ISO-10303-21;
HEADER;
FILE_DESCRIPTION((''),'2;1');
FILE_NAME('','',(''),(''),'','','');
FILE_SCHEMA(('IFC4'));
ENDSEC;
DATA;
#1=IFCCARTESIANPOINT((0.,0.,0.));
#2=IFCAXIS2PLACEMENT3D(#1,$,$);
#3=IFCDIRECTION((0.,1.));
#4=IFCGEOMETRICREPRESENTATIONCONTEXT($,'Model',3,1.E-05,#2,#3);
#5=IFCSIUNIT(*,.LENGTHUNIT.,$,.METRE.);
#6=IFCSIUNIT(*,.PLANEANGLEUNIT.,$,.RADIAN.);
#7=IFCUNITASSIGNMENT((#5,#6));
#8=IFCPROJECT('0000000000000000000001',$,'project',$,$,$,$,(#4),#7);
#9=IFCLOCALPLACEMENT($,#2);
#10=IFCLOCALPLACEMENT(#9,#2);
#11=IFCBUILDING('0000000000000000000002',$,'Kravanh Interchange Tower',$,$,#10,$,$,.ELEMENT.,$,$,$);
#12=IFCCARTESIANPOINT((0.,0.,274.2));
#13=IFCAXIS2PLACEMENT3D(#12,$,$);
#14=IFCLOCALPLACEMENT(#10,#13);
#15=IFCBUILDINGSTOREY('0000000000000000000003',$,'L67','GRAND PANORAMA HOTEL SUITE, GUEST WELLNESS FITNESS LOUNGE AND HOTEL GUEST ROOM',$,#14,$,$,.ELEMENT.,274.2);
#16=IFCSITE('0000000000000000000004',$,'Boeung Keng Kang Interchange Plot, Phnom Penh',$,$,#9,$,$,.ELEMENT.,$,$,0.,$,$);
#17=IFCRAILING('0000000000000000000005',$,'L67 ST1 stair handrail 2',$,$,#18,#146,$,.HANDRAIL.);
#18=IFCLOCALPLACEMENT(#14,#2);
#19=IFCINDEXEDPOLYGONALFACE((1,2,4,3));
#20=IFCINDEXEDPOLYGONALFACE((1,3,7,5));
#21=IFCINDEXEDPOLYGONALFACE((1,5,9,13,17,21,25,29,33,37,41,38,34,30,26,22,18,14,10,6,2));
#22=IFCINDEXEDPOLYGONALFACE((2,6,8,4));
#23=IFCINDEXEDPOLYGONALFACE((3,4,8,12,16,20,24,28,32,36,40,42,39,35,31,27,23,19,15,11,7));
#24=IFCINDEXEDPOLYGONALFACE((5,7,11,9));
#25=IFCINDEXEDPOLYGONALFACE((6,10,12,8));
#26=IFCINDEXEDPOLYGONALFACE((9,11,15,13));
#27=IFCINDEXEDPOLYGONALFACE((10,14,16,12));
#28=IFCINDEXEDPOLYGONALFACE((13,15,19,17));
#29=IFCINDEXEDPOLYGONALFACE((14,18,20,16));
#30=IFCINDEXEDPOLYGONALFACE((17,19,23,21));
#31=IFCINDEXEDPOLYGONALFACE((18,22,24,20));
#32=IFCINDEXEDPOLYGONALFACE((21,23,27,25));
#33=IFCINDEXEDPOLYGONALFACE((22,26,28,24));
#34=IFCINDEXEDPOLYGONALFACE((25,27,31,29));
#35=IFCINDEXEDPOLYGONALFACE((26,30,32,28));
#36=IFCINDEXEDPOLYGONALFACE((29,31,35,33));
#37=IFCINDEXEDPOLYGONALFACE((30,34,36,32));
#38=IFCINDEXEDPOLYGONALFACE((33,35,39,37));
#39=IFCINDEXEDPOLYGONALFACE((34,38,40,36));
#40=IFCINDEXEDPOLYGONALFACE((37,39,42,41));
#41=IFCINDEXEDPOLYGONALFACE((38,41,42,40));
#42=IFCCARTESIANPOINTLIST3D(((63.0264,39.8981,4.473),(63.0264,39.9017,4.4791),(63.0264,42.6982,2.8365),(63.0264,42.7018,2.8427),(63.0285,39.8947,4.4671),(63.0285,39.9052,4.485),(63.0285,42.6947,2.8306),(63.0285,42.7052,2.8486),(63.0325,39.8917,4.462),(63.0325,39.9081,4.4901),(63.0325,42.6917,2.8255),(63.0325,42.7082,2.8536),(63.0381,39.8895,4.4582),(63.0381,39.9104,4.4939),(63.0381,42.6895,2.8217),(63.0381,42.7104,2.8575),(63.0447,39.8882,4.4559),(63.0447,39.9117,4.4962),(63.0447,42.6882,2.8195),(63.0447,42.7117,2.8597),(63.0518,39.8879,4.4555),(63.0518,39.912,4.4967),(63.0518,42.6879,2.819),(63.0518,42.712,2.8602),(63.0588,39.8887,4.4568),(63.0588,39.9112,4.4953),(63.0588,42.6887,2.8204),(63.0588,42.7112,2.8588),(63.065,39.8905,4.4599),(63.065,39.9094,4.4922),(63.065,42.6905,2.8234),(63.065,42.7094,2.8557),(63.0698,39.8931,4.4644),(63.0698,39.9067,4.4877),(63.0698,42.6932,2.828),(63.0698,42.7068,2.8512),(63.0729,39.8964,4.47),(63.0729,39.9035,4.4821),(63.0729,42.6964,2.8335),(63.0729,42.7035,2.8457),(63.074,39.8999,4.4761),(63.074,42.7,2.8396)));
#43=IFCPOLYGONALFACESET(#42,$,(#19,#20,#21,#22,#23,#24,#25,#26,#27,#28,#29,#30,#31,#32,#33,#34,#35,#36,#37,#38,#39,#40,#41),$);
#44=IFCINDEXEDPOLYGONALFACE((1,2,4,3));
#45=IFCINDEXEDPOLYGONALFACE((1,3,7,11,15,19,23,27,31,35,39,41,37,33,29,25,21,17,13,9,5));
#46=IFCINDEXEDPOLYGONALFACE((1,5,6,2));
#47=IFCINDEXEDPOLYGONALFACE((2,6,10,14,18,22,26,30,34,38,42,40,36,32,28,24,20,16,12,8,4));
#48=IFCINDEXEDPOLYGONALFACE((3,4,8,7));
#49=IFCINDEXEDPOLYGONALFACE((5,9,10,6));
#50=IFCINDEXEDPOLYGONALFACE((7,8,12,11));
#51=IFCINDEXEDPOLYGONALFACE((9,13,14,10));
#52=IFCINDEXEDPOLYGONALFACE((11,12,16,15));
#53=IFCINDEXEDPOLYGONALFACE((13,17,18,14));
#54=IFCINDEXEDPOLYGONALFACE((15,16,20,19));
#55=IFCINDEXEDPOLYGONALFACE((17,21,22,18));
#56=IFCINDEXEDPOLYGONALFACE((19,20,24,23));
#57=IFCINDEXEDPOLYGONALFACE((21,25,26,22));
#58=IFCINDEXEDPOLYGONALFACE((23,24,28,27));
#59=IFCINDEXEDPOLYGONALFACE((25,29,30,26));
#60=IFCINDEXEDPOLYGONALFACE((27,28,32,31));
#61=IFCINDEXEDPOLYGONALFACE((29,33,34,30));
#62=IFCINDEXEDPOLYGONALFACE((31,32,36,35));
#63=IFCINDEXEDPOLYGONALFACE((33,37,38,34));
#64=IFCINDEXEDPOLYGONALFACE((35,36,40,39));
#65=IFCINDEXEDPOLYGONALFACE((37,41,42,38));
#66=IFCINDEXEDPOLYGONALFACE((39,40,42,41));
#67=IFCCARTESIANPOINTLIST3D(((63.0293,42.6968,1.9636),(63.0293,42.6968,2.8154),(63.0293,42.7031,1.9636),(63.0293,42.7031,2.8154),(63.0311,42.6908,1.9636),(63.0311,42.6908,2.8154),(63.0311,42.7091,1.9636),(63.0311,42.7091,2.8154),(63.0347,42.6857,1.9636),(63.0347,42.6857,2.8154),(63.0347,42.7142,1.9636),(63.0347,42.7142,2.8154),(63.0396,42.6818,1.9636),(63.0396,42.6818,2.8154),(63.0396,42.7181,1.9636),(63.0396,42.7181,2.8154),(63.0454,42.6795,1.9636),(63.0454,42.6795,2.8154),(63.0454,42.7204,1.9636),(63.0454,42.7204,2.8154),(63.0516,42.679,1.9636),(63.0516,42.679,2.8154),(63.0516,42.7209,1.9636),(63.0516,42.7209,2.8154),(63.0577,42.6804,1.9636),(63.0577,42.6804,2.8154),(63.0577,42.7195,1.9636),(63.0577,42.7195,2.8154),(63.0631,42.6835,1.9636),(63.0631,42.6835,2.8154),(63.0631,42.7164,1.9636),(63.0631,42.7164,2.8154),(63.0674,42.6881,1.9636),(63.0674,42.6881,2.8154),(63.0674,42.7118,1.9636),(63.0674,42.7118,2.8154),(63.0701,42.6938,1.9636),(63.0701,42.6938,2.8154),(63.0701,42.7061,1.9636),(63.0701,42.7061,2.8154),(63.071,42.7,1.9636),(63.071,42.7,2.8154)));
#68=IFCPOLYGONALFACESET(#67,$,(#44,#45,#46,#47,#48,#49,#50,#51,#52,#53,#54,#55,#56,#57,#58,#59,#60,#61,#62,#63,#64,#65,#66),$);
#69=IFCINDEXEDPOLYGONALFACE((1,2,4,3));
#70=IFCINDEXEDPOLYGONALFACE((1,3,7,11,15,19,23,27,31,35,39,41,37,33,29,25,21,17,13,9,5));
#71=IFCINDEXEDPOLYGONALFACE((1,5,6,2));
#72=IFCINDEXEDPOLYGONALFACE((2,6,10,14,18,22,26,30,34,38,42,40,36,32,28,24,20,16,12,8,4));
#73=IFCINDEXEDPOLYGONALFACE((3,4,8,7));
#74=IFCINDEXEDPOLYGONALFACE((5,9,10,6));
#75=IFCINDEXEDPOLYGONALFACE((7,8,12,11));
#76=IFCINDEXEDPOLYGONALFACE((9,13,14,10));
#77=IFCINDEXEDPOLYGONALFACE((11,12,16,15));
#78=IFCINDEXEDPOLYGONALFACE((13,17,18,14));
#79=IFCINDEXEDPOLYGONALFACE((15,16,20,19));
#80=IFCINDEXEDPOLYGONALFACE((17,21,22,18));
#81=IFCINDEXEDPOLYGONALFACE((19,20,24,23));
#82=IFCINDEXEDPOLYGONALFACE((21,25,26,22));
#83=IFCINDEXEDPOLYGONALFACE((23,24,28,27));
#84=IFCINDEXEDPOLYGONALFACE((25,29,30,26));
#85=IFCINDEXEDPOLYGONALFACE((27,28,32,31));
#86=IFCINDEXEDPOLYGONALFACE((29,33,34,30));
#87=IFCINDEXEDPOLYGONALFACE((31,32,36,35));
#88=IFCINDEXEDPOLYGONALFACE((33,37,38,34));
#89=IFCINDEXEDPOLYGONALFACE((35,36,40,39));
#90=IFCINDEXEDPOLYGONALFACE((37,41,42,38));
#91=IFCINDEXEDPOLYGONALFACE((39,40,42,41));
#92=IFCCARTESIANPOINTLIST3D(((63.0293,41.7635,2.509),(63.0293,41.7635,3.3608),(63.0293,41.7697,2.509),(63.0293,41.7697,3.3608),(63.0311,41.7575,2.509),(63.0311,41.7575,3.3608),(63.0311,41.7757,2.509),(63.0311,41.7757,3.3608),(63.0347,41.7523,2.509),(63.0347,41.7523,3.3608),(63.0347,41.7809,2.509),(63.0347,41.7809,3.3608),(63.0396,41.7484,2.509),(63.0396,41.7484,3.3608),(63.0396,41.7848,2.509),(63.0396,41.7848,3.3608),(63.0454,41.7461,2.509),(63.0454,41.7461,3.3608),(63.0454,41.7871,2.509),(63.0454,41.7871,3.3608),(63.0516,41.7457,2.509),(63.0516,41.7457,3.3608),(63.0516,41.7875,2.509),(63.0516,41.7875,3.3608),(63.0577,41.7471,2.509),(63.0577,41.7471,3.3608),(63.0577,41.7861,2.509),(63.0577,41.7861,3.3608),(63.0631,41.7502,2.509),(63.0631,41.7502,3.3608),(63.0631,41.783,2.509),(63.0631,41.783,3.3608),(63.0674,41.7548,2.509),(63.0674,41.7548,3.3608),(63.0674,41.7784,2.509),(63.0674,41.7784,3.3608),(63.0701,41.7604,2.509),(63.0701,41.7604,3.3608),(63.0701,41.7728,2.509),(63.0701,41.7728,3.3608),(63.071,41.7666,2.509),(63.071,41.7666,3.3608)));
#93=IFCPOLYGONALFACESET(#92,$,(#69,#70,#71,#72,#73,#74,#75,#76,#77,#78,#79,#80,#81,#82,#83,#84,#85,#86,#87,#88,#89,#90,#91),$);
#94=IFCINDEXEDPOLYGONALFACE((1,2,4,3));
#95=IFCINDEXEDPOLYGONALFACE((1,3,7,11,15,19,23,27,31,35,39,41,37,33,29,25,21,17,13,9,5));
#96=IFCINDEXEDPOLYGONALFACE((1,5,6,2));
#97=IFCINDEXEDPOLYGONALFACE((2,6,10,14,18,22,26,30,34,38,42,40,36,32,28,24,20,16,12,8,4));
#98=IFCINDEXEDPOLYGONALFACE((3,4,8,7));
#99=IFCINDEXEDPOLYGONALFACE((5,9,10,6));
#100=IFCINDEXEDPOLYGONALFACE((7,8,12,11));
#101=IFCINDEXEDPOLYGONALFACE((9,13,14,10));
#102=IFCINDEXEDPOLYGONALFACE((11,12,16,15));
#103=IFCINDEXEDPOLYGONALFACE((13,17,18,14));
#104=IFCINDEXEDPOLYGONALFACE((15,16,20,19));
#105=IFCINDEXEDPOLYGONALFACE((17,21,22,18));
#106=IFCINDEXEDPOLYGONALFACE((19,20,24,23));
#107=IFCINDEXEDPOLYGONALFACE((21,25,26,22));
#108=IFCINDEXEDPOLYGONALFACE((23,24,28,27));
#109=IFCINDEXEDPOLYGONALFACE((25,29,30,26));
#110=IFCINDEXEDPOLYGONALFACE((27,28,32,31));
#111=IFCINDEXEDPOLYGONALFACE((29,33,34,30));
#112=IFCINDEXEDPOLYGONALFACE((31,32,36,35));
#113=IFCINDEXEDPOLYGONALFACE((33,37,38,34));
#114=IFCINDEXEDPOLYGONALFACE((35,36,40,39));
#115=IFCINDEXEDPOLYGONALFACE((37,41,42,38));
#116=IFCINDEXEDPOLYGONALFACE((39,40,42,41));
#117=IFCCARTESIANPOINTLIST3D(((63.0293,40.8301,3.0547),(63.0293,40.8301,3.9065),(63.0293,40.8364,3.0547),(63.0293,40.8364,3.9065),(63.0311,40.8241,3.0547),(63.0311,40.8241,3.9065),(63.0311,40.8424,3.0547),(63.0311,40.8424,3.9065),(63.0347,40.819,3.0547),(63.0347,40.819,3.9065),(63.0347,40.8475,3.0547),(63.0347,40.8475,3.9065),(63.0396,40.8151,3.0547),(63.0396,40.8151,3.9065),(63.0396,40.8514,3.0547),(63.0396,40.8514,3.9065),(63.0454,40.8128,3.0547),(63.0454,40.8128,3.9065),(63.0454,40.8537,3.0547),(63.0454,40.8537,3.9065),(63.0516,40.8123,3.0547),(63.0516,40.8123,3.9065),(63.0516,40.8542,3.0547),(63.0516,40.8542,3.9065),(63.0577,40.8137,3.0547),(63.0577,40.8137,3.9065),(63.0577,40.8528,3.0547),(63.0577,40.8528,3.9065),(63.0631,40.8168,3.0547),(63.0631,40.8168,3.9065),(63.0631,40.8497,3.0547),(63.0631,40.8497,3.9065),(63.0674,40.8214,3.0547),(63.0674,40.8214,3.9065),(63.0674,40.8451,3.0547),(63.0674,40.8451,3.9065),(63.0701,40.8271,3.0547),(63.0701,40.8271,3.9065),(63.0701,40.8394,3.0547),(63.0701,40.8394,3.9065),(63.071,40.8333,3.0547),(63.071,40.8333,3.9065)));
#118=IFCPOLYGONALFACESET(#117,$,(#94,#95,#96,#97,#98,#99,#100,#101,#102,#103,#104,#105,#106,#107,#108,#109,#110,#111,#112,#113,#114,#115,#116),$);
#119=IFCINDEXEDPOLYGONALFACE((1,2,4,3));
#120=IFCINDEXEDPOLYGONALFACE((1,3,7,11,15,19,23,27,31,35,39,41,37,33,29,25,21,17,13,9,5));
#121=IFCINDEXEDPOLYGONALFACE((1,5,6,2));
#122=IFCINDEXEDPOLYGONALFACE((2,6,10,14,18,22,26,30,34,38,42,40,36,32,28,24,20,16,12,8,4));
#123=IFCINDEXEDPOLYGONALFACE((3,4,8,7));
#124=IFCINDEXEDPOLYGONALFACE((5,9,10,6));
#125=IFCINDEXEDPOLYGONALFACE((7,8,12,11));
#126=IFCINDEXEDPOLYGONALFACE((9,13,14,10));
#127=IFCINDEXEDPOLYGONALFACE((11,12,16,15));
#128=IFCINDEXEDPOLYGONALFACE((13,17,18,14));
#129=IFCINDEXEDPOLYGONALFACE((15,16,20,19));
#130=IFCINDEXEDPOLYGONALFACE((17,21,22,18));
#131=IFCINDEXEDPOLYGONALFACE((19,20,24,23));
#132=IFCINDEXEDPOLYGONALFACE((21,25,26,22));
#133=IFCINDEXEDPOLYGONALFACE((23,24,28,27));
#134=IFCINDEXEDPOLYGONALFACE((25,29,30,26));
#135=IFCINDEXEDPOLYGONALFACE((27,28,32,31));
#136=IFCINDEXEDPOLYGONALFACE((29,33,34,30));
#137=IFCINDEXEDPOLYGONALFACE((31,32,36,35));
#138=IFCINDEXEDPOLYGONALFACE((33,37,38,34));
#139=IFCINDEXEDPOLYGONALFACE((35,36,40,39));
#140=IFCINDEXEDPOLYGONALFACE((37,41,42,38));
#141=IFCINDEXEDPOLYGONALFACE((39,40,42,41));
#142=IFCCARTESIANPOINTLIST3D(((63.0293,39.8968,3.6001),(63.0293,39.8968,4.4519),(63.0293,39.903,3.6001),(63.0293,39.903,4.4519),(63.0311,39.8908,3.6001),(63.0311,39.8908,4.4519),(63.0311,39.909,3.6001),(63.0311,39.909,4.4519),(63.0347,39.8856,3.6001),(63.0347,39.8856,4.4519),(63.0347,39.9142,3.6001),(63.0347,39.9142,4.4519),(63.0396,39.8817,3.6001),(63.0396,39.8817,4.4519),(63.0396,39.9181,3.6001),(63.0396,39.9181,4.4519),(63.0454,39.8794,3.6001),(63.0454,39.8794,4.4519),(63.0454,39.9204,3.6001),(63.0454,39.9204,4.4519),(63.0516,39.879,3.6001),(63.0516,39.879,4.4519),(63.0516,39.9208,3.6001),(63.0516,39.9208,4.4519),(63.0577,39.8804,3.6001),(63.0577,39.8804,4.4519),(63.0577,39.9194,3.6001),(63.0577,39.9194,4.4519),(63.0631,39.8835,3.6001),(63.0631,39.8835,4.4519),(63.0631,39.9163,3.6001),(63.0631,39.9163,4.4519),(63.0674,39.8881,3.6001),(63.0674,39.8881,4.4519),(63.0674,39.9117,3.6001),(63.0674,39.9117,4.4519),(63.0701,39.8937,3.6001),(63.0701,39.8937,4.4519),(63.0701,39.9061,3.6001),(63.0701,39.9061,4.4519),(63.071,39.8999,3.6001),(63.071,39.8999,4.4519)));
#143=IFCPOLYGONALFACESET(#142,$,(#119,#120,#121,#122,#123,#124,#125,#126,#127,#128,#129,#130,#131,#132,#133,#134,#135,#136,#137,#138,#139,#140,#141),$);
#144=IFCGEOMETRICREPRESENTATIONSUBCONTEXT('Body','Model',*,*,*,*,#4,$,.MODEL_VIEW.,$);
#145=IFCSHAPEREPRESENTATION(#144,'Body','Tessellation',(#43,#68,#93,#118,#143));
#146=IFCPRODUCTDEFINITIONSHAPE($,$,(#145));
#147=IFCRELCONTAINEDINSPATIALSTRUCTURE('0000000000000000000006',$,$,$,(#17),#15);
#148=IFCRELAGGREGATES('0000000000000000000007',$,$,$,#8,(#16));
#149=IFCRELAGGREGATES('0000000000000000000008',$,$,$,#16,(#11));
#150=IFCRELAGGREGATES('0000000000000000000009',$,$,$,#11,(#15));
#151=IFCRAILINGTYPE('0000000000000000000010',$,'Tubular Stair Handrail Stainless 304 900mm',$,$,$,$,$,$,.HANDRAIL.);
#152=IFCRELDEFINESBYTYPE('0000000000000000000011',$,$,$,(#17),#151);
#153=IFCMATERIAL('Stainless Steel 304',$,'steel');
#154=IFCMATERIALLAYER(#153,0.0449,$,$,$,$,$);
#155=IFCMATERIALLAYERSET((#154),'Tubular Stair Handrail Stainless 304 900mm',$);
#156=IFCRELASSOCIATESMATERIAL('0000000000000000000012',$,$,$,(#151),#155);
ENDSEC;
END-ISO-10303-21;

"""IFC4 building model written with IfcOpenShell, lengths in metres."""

from ifc_helpers import new_model, si_unit, direction, frame, origin, origin_2d, place, context, subcontext, project, spatial, circle, extrude, material, layer, layer_set, type_object, element, save


model = new_model("IFC4")

# Units and contexts
model_context = context("Model", 3, precision=1e-05, world=origin(), true_north=direction((0.0, 1.0)))
body_context = subcontext(model_context, "Body", "Model", "MODEL_VIEW")
ifc_project = project(units=[si_unit("LENGTHUNIT", "METRE"), si_unit("PLANEANGLEUNIT", "RADIAN")], contexts=[model_context])

# Site, building, storey
site_placement = place(None, origin())
site = spatial("IfcSite", under=ifc_project, at=site_placement, Name="Boeung Keng Kang Interchange Plot, Phnom Penh", CompositionType="ELEMENT", RefElevation=0.0)
building_placement = place(site_placement, origin())
building = spatial("IfcBuilding", under=site, at=building_placement, Name="Kravanh Interchange Tower", CompositionType="ELEMENT")
storey_placement = place(building_placement, frame((0.0, 0.0, 274.2)))
storey = spatial("IfcBuildingStorey", under=building, at=storey_placement, Name="L67", Description="GRAND PANORAMA HOTEL SUITE, GUEST WELLNESS FITNESS LOUNGE AND HOTEL GUEST ROOM", CompositionType="ELEMENT", Elevation=274.2)

# Railing
ifc_material_1 = material(Name="Stainless Steel 304", Category="steel")
ifc_layer_1 = layer(ifc_material_1, 0.0449)
ifc_layer_set_1 = layer_set([ifc_layer_1], Name="Tubular Stair Handrail Stainless 304 900mm")
railing_type_1 = type_object("IfcRailingType", Name="Tubular Stair Handrail Stainless 304 900mm", PredefinedType="HANDRAIL", material=ifc_layer_set_1)
railing_1_placement = place(storey_placement, frame((63.05, 42.7, 1.9636)))
element("IfcRailing", 1, at=railing_1_placement, inside=storey, type_object=railing_type_1, Name="L67 ST1 stair handrail 2", PredefinedType="HANDRAIL", context=body_context, shape_type="SweptSolid", body=[
    extrude(circle(Radius=0.0239, at=origin_2d()), frame((0.0, 0.0, 0.876), z_axis=(0.0, -0.863361, 0.504587), x_axis=(1.0, 0.0, 0.0)), (0.0, 0.0, 1.0), 3.2432),
    extrude(circle(Radius=0.021, at=origin_2d()), origin(), (0.0, 0.0, 1.0), 0.8518),
    extrude(circle(Radius=0.021, at=origin_2d()), frame((0.0, -0.9333, 0.5454)), (0.0, 0.0, 1.0), 0.8518),
    extrude(circle(Radius=0.021, at=origin_2d()), frame((0.0, -1.8667, 1.0911)), (0.0, 0.0, 1.0), 0.8518),
    extrude(circle(Radius=0.021, at=origin_2d()), frame((0.0, -2.8, 1.6365)), (0.0, 0.0, 1.0), 0.8518),
])

save(model, "model.ifc")
